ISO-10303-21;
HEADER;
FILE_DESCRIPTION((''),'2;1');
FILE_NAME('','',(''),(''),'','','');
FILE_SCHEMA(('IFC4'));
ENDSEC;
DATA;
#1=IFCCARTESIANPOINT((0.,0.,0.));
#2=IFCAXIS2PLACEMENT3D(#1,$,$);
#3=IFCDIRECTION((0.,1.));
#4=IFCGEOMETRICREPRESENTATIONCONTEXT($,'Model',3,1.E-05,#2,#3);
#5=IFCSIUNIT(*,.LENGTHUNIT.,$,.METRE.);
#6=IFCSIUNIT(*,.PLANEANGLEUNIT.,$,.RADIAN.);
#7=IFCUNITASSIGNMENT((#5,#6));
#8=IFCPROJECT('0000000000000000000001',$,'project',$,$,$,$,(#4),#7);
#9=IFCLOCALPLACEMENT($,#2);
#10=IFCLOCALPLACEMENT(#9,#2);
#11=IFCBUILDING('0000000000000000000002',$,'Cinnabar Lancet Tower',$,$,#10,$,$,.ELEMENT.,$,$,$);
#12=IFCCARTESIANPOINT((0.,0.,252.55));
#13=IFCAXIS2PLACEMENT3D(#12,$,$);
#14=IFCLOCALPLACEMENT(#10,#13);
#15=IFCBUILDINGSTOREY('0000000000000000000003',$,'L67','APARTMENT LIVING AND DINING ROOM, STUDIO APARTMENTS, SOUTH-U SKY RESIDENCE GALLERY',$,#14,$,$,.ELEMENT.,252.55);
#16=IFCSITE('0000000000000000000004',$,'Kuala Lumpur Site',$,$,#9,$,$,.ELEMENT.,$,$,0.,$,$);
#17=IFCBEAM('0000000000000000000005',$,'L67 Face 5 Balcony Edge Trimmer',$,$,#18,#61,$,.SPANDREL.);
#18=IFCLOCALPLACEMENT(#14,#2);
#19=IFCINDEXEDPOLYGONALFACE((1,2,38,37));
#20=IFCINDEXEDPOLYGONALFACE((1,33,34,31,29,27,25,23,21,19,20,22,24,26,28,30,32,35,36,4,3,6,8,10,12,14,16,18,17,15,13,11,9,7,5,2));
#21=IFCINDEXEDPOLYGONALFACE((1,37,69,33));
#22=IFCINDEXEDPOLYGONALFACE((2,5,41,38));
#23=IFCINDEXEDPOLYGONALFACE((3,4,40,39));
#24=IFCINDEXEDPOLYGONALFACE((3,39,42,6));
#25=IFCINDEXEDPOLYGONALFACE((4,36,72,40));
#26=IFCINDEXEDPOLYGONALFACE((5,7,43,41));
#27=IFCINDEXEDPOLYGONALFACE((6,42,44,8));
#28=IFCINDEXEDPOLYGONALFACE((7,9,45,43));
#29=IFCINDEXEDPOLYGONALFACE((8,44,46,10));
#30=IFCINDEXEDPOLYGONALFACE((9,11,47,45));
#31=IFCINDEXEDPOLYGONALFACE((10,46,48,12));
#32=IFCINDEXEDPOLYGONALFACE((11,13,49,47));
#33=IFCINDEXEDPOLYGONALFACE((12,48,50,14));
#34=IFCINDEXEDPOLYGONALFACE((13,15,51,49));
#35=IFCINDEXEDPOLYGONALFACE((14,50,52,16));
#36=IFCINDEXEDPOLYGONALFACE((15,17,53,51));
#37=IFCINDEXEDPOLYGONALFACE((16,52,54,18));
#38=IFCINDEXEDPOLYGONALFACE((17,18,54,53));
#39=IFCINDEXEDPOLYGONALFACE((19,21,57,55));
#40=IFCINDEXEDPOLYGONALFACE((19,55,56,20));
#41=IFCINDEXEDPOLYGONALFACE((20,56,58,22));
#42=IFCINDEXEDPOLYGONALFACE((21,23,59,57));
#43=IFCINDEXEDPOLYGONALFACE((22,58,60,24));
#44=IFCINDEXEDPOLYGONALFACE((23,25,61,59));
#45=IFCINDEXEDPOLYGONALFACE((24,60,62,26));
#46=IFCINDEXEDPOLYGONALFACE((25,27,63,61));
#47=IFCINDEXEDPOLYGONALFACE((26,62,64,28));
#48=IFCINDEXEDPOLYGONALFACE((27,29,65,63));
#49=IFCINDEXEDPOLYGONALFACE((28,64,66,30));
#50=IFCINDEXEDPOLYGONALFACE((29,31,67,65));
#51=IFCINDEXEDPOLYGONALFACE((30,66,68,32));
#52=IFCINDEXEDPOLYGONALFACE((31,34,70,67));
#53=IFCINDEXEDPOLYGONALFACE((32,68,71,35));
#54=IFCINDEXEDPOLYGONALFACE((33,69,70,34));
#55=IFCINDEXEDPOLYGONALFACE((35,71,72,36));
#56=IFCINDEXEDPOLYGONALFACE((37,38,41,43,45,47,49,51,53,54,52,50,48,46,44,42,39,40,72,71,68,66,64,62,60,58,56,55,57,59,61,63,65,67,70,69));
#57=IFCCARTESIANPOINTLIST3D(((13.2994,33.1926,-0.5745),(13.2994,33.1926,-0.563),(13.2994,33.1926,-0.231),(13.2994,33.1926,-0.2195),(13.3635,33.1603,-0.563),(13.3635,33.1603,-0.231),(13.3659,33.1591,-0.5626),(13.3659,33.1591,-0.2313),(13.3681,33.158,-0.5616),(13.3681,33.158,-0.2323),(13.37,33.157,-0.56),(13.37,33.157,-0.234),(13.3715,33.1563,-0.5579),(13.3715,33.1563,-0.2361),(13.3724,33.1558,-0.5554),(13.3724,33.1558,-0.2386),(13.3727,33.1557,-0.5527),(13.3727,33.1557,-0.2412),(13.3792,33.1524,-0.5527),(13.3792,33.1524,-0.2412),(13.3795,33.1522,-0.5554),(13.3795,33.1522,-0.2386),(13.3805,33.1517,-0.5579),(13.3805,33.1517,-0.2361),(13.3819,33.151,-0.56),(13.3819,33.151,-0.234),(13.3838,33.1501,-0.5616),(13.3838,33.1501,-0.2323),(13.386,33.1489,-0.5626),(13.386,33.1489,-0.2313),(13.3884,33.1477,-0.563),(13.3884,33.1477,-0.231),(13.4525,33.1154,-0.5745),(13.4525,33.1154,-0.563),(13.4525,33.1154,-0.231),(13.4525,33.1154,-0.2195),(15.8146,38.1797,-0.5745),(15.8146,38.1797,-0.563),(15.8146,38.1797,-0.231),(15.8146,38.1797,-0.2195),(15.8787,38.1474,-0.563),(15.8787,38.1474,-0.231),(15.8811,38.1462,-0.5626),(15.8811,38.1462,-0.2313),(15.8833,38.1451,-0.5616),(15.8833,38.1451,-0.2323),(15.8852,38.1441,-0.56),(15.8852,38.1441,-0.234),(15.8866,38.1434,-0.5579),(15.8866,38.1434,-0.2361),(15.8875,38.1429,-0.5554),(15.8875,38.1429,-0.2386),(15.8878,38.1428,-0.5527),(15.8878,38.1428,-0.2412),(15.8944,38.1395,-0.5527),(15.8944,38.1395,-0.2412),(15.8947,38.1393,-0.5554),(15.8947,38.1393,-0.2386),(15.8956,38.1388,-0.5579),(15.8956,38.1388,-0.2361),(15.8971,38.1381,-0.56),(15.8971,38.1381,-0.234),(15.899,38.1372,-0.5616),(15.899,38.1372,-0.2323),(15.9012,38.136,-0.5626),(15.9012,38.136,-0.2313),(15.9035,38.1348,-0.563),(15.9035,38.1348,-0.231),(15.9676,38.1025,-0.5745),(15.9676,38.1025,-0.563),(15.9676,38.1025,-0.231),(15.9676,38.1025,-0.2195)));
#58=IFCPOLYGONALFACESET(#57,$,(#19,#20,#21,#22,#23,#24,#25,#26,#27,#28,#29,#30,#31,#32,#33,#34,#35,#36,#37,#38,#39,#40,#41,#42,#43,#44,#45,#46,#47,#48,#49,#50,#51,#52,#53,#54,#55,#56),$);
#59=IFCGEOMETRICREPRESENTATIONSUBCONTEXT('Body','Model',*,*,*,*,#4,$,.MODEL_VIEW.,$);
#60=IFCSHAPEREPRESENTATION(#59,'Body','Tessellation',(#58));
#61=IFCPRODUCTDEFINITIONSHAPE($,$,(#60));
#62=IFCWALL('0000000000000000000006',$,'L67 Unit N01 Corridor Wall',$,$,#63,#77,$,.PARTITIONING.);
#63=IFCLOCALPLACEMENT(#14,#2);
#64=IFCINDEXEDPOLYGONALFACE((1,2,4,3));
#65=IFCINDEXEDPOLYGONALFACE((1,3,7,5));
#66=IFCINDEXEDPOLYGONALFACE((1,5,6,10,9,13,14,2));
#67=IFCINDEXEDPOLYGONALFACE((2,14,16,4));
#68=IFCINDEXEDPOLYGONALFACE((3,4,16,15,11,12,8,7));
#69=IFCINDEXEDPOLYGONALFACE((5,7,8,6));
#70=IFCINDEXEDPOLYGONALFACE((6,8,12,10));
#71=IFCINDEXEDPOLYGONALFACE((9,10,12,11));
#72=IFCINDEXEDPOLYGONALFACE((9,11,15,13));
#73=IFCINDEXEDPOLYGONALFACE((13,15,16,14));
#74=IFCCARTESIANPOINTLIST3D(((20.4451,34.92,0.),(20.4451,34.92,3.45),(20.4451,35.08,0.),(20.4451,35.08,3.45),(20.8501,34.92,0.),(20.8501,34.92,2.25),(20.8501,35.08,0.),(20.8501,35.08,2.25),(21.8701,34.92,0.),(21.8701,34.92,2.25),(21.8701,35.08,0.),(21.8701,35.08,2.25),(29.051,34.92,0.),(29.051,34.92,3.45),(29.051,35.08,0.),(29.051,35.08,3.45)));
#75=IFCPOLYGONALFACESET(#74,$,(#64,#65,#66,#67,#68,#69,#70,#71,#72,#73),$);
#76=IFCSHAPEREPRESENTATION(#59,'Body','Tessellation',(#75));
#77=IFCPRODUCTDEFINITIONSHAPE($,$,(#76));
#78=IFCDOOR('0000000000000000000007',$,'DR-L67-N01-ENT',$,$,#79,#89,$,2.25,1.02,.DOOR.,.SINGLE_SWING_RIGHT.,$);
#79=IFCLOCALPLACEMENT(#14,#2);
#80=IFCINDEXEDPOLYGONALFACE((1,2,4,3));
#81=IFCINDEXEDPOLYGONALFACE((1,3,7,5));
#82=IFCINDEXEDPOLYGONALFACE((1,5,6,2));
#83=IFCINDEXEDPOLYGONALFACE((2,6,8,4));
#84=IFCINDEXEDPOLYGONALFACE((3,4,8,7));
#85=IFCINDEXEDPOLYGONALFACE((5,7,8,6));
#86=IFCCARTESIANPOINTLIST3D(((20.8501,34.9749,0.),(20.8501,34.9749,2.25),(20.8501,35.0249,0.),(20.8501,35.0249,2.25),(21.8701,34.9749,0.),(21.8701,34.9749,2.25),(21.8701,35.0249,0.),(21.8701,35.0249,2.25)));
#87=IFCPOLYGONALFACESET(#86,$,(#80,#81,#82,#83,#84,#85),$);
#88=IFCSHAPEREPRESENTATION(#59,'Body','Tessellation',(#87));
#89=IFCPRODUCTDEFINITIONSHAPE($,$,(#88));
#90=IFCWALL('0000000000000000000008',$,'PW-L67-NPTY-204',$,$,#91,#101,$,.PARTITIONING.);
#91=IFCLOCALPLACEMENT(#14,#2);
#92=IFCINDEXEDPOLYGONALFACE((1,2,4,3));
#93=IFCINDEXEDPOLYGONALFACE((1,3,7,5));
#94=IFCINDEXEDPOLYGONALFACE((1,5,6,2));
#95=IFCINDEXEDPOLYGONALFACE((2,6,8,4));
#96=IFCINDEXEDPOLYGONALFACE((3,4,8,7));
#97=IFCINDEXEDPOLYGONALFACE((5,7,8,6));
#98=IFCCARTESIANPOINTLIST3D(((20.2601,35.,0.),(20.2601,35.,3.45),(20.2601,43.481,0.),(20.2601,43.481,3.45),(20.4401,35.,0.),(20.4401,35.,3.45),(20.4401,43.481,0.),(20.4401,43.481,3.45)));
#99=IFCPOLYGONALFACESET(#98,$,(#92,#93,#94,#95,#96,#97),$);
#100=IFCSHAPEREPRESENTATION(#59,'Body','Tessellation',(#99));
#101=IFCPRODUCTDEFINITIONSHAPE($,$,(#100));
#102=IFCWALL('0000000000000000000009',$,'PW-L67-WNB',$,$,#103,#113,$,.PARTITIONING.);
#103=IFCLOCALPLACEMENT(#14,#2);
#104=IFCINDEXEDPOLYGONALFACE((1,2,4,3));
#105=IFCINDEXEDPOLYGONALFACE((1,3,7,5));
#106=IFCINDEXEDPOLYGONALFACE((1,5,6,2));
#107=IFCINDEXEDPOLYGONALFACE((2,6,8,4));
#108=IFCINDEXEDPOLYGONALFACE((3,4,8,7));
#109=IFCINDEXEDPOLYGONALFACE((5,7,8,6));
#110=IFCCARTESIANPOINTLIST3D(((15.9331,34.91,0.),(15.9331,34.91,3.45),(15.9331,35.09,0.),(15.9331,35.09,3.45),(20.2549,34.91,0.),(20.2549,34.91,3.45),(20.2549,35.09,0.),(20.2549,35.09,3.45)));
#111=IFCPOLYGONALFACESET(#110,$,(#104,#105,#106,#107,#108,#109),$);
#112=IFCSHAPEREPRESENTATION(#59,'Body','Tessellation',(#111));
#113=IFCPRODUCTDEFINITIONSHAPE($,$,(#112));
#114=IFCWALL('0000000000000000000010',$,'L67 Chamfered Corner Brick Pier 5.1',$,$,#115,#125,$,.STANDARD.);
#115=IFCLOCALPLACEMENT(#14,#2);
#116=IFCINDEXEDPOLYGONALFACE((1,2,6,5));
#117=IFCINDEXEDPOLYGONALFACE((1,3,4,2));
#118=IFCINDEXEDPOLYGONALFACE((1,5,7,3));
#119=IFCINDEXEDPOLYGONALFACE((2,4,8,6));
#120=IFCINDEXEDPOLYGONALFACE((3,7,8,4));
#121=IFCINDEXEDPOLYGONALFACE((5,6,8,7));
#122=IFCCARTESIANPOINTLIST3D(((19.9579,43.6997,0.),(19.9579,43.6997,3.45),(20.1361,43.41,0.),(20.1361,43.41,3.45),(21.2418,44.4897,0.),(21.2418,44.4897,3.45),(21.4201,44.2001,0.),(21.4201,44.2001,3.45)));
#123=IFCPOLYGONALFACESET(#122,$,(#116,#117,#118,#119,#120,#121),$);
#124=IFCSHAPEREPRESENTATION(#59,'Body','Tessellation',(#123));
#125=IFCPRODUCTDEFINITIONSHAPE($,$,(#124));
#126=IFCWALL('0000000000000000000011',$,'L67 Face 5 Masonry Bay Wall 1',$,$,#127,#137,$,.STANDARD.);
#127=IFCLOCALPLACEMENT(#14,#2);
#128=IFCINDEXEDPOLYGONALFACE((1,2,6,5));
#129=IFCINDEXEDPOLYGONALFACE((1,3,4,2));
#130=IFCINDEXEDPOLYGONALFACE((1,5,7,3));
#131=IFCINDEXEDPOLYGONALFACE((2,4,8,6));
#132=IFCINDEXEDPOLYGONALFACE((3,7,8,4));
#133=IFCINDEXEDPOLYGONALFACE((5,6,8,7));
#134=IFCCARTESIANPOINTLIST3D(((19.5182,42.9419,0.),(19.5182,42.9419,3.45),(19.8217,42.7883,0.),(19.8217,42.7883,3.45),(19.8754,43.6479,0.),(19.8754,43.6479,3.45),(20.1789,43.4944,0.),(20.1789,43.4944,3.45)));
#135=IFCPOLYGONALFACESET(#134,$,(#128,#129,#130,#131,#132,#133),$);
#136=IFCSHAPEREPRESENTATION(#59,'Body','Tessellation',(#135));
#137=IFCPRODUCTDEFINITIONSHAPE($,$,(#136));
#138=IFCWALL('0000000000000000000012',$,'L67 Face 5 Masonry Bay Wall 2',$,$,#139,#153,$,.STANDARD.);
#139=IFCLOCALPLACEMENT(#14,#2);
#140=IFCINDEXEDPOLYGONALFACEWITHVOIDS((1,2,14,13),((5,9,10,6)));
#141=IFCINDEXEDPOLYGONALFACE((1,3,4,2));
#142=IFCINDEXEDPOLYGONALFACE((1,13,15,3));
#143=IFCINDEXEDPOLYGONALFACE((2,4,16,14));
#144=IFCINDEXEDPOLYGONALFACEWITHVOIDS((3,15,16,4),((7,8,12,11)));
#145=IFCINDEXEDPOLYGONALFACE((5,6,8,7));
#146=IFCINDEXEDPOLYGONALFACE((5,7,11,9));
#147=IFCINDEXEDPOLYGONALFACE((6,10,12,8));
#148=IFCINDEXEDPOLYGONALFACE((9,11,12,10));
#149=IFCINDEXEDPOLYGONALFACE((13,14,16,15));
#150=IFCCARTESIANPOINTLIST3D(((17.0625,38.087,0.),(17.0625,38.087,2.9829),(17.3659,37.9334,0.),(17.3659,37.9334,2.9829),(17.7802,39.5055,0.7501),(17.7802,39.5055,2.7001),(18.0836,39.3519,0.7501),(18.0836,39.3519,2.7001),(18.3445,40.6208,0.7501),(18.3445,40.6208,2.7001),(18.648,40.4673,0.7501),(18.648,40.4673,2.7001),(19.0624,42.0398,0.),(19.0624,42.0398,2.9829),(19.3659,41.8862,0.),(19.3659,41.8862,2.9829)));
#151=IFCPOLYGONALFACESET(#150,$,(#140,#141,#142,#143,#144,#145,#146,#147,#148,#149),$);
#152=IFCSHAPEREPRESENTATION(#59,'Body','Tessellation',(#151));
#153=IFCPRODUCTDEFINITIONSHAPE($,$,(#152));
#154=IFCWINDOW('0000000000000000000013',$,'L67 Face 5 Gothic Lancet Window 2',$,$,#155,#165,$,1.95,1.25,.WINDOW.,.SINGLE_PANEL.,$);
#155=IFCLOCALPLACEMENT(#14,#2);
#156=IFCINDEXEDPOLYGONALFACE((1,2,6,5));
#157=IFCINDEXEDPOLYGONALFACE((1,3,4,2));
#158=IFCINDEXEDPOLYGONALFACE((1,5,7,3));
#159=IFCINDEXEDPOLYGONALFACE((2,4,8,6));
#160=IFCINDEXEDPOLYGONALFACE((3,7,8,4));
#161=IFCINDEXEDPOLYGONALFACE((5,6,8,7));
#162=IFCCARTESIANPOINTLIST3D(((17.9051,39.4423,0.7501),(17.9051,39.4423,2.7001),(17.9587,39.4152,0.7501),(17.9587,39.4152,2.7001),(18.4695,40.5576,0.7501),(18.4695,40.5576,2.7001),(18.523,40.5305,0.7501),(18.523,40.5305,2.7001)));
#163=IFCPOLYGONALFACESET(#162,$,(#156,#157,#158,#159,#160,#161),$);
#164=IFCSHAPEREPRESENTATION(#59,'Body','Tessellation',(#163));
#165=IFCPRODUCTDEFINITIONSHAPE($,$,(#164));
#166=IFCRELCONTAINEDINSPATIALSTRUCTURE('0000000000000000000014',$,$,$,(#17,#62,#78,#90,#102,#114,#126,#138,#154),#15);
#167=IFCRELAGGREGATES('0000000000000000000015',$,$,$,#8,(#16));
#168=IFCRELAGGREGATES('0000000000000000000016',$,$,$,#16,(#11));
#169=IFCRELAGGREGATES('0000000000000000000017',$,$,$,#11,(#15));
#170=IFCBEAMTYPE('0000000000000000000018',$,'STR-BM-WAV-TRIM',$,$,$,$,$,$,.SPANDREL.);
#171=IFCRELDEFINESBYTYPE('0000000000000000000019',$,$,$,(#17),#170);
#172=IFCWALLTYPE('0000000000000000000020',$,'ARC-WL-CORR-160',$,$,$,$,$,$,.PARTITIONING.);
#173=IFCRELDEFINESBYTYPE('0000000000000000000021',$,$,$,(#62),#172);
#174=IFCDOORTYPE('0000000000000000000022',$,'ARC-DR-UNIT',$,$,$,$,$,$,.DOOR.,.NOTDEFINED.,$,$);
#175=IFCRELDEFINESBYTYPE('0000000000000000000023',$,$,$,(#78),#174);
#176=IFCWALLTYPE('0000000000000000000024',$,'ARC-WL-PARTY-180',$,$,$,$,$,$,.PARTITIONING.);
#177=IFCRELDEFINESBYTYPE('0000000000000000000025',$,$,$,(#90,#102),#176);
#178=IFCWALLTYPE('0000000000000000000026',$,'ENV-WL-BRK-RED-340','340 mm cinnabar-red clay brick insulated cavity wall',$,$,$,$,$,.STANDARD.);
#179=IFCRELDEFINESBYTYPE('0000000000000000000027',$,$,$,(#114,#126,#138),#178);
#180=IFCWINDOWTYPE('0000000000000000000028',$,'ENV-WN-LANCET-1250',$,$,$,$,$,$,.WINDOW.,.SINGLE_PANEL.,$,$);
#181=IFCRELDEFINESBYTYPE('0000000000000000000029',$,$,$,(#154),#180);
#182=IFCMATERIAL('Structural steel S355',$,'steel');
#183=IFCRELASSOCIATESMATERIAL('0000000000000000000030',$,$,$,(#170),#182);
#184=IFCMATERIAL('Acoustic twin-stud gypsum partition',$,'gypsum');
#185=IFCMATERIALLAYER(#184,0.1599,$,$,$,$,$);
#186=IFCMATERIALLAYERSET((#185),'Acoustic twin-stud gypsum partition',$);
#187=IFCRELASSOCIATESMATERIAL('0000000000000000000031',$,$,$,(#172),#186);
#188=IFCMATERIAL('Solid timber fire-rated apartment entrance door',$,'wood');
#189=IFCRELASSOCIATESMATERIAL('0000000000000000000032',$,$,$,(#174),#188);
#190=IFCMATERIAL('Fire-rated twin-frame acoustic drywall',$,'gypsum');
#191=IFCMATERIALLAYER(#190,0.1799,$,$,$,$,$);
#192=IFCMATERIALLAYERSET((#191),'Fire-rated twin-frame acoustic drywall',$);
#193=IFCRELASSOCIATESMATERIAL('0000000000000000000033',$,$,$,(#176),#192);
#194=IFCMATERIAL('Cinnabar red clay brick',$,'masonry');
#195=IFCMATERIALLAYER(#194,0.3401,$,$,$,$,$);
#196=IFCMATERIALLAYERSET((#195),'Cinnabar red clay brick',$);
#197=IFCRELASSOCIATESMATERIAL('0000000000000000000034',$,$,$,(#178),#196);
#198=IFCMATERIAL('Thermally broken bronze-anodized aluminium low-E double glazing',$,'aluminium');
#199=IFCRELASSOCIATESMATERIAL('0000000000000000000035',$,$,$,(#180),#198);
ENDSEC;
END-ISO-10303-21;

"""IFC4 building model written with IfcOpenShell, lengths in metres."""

from ifc_helpers import new_model, si_unit, direction, frame, frame_2d, origin, origin_2d, place, context, subcontext, project, spatial, rectangle, i_section, extrude, material, layer, layer_set, material_profile, profile_set, type_object, element, fill, save


model = new_model("IFC4")

# Units and contexts
model_context = context("Model", 3, precision=1e-05, world=origin(), true_north=direction((0.0, 1.0)))
body_context = subcontext(model_context, "Body", "Model", "MODEL_VIEW")
ifc_project = project(units=[si_unit("LENGTHUNIT", "METRE"), si_unit("PLANEANGLEUNIT", "RADIAN")], contexts=[model_context])

# Site, building, storey
site_placement = place(None, origin())
site = spatial("IfcSite", under=ifc_project, at=site_placement, Name="Kuala Lumpur Site", CompositionType="ELEMENT", RefElevation=0.0)
building_placement = place(site_placement, origin())
building = spatial("IfcBuilding", under=site, at=building_placement, Name="Cinnabar Lancet Tower", CompositionType="ELEMENT")
storey_placement = place(building_placement, frame((0.0, 0.0, 252.55)))
storey = spatial("IfcBuildingStorey", under=building, at=storey_placement, Name="L67", Description="APARTMENT LIVING AND DINING ROOM, STUDIO APARTMENTS, SOUTH-U SKY RESIDENCE GALLERY", CompositionType="ELEMENT", Elevation=252.55)

# Beam
ifc_material_1 = material(Name="Structural steel S355", Category="steel")
ifc_material_profile_1 = material_profile(ifc_material_1, i_section(OverallWidth=0.1714, OverallDepth=0.355, WebThickness=0.0073, FlangeThickness=0.0115, FilletRadius=0.0103, at=origin_2d()), Name="UKB 356x171x51")
ifc_profile_set_1 = profile_set([ifc_material_profile_1], Name="Structural steel S355")
beam_type_1 = type_object("IfcBeamType", Name="STR-BM-WAV-TRIM", PredefinedType="SPANDREL", material=ifc_profile_set_1)
beam_1_placement = place(storey_placement, frame((15.8911, 38.1411, -0.397), z_axis=(-0.450306, -0.892874, 0.0), x_axis=(0.892874, -0.450306, 0.0)))
element("IfcBeam", 1, at=beam_1_placement, inside=storey, type_object=beam_type_1, Name="L67 Face 5 Balcony Edge Trimmer", PredefinedType="SPANDREL", context=body_context, shape_type="SweptSolid", body=[
    extrude(i_section(OverallWidth=0.1714, OverallDepth=0.355, WebThickness=0.0073, FlangeThickness=0.0115, FilletRadius=0.0103, at=origin_2d()), origin(), (0.0, 0.0, 1.0), 5.5854),
])

# Wall, opening, door
ifc_material_2 = material(Name="Acoustic twin-stud gypsum partition", Category="gypsum")
ifc_layer_1 = layer(ifc_material_2, 0.1599)
ifc_layer_set_1 = layer_set([ifc_layer_1], Name="Acoustic twin-stud gypsum partition")
wall_type_1 = type_object("IfcWallType", Name="ARC-WL-CORR-160", PredefinedType="PARTITIONING", material=ifc_layer_set_1)
wall_1_placement = place(storey_placement, frame((20.4451, 35.0, 0.0), z_axis=(0.0, 0.0, 1.0), x_axis=(1.0, 0.0, 0.0)))
wall_1 = element("IfcWall", 2, at=wall_1_placement, inside=storey, type_object=wall_type_1, Name="L67 Unit N01 Corridor Wall", PredefinedType="PARTITIONING", context=body_context, shape_type="SweptSolid", body=[
    extrude(rectangle(XDim=8.606, YDim=0.1599, at=frame_2d((4.303, 0.0))), origin(), (0.0, 0.0, 1.0), 3.45),
])
opening_1_placement = place(wall_1_placement, frame((0.405, 0.0, 0.0)))
opening_1 = element("IfcOpeningElement", 3, at=opening_1_placement, cuts=wall_1, PredefinedType="OPENING", context=body_context, shape_type="SweptSolid", body=[
    extrude(rectangle(XDim=1.02, YDim=2.25, at=frame_2d((0.51, 1.125))), frame((0.0, 0.0898, 0.0), z_axis=(0.0, -1.0, 0.0), x_axis=(1.0, 0.0, 0.0)), (0.0, 0.0, 1.0), 0.1799),
])
ifc_material_3 = material(Name="Solid timber fire-rated apartment entrance door", Category="wood")
door_type_1 = type_object("IfcDoorType", Name="ARC-DR-UNIT", OperationType="NOTDEFINED", PredefinedType="DOOR", material=ifc_material_3)
door_1_placement = place(opening_1_placement, origin())
door_1 = element("IfcDoor", 4, at=door_1_placement, inside=storey, type_object=door_type_1, Name="DR-L67-N01-ENT", OperationType="SINGLE_SWING_RIGHT", OverallHeight=2.25, OverallWidth=1.02, PredefinedType="DOOR", context=body_context, shape_type="SweptSolid", body=[
    extrude(rectangle(XDim=1.02, YDim=2.25, at=frame_2d((0.51, 1.125))), frame((0.0, 0.0249, 0.0), z_axis=(0.0, -1.0, 0.0), x_axis=(1.0, 0.0, 0.0)), (0.0, 0.0, 1.0), 0.05),
])
fill(opening_1, door_1)

# Walls
ifc_material_4 = material(Name="Fire-rated twin-frame acoustic drywall", Category="gypsum")
ifc_layer_2 = layer(ifc_material_4, 0.1799)
ifc_layer_set_2 = layer_set([ifc_layer_2], Name="Fire-rated twin-frame acoustic drywall")
wall_type_2 = type_object("IfcWallType", Name="ARC-WL-PARTY-180", PredefinedType="PARTITIONING", material=ifc_layer_set_2)
wall_2_placement = place(storey_placement, frame((20.3501, 35.0, 0.0), z_axis=(0.0, 0.0, 1.0), x_axis=(0.0, 1.0, 0.0)))
element("IfcWall", 5, at=wall_2_placement, inside=storey, type_object=wall_type_2, Name="PW-L67-NPTY-204", PredefinedType="PARTITIONING", context=body_context, shape_type="SweptSolid", body=[
    extrude(rectangle(XDim=8.481, YDim=0.1799, at=frame_2d((4.2405, 0.0))), origin(), (0.0, 0.0, 1.0), 3.45),
])
wall_3_placement = place(storey_placement, frame((15.9331, 35.0, 0.0), z_axis=(0.0, 0.0, 1.0), x_axis=(1.0, 0.0, 0.0)))
element("IfcWall", 6, at=wall_3_placement, inside=storey, type_object=wall_type_2, Name="PW-L67-WNB", PredefinedType="PARTITIONING", context=body_context, shape_type="SweptSolid", body=[
    extrude(rectangle(XDim=4.3218, YDim=0.1799, at=frame_2d((2.1609, 0.0))), origin(), (0.0, 0.0, 1.0), 3.45),
])
ifc_material_5 = material(Name="Cinnabar red clay brick", Category="masonry")
ifc_layer_3 = layer(ifc_material_5, 0.3401)
ifc_layer_set_3 = layer_set([ifc_layer_3], Name="Cinnabar red clay brick")
wall_type_3 = type_object("IfcWallType", Name="ENV-WL-BRK-RED-340", Description="340 mm cinnabar-red clay brick insulated cavity wall", PredefinedType="STANDARD", material=ifc_layer_set_3)
wall_4_placement = place(storey_placement, frame((21.3311, 44.345, 0.0), z_axis=(0.0, 0.0, 1.0), x_axis=(-0.851681, -0.524061, 0.0)))
element("IfcWall", 7, at=wall_4_placement, inside=storey, type_object=wall_type_3, Name="L67 Chamfered Corner Brick Pier 5.1", PredefinedType="STANDARD", context=body_context, shape_type="SweptSolid", body=[
    extrude(rectangle(XDim=1.5076, YDim=0.3401, at=frame_2d((0.7539, 0.0))), origin(), (0.0, 0.0, 1.0), 3.45),
])
wall_5_placement = place(storey_placement, frame((20.0271, 43.571, 0.0), z_axis=(0.0, 0.0, 1.0), x_axis=(-0.451405, -0.892319, 0.0)))
element("IfcWall", 8, at=wall_5_placement, inside=storey, type_object=wall_type_3, Name="L67 Face 5 Masonry Bay Wall 1", PredefinedType="STANDARD", context=body_context, shape_type="SweptSolid", body=[
    extrude(rectangle(XDim=0.7913, YDim=0.3401, at=frame_2d((0.3955, 0.0))), origin(), (0.0, 0.0, 1.0), 3.45),
])

# Wall, opening, window
wall_6_placement = place(storey_placement, frame((19.2141, 41.9629, 0.0), z_axis=(0.0, 0.0, 1.0), x_axis=(-0.451463, -0.89229, 0.0)))
wall_6 = element("IfcWall", 9, at=wall_6_placement, inside=storey, type_object=wall_type_3, Name="L67 Face 5 Masonry Bay Wall 2", PredefinedType="STANDARD", context=body_context, shape_type="SweptSolid", body=[
    extrude(rectangle(XDim=4.4299, YDim=0.3401, at=frame_2d((2.2148, 0.0))), origin(), (0.0, 0.0, 1.0), 2.9829),
])
opening_2_placement = place(wall_6_placement, frame((1.5901, 0.0, 0.75)))
opening_2 = element("IfcOpeningElement", 10, at=opening_2_placement, cuts=wall_6, PredefinedType="OPENING", context=body_context, shape_type="SweptSolid", body=[
    extrude(rectangle(XDim=1.25, YDim=1.95, at=frame_2d((0.625, 0.9751))), frame((0.0, 0.1799, 0.0), z_axis=(0.0, -1.0, 0.0), x_axis=(1.0, 0.0, 0.0)), (0.0, 0.0, 1.0), 0.3601),
])
ifc_material_6 = material(Name="Thermally broken bronze-anodized aluminium low-E double glazing", Category="aluminium")
window_type_1 = type_object("IfcWindowType", Name="ENV-WN-LANCET-1250", PartitioningType="SINGLE_PANEL", PredefinedType="WINDOW", material=ifc_material_6)
window_1_placement = place(opening_2_placement, origin())
window_1 = element("IfcWindow", 11, at=window_1_placement, inside=storey, type_object=window_type_1, Name="L67 Face 5 Gothic Lancet Window 2", OverallHeight=1.95, OverallWidth=1.25, PartitioningType="SINGLE_PANEL", PredefinedType="WINDOW", context=body_context, shape_type="SweptSolid", body=[
    extrude(rectangle(XDim=1.25, YDim=1.95, at=frame_2d((0.625, 0.9751))), frame((0.0, 0.03, 0.0), z_axis=(0.0, -1.0, 0.0), x_axis=(1.0, 0.0, 0.0)), (0.0, 0.0, 1.0), 0.0601),
])
fill(opening_2, window_1)

save(model, "model.ifc")
